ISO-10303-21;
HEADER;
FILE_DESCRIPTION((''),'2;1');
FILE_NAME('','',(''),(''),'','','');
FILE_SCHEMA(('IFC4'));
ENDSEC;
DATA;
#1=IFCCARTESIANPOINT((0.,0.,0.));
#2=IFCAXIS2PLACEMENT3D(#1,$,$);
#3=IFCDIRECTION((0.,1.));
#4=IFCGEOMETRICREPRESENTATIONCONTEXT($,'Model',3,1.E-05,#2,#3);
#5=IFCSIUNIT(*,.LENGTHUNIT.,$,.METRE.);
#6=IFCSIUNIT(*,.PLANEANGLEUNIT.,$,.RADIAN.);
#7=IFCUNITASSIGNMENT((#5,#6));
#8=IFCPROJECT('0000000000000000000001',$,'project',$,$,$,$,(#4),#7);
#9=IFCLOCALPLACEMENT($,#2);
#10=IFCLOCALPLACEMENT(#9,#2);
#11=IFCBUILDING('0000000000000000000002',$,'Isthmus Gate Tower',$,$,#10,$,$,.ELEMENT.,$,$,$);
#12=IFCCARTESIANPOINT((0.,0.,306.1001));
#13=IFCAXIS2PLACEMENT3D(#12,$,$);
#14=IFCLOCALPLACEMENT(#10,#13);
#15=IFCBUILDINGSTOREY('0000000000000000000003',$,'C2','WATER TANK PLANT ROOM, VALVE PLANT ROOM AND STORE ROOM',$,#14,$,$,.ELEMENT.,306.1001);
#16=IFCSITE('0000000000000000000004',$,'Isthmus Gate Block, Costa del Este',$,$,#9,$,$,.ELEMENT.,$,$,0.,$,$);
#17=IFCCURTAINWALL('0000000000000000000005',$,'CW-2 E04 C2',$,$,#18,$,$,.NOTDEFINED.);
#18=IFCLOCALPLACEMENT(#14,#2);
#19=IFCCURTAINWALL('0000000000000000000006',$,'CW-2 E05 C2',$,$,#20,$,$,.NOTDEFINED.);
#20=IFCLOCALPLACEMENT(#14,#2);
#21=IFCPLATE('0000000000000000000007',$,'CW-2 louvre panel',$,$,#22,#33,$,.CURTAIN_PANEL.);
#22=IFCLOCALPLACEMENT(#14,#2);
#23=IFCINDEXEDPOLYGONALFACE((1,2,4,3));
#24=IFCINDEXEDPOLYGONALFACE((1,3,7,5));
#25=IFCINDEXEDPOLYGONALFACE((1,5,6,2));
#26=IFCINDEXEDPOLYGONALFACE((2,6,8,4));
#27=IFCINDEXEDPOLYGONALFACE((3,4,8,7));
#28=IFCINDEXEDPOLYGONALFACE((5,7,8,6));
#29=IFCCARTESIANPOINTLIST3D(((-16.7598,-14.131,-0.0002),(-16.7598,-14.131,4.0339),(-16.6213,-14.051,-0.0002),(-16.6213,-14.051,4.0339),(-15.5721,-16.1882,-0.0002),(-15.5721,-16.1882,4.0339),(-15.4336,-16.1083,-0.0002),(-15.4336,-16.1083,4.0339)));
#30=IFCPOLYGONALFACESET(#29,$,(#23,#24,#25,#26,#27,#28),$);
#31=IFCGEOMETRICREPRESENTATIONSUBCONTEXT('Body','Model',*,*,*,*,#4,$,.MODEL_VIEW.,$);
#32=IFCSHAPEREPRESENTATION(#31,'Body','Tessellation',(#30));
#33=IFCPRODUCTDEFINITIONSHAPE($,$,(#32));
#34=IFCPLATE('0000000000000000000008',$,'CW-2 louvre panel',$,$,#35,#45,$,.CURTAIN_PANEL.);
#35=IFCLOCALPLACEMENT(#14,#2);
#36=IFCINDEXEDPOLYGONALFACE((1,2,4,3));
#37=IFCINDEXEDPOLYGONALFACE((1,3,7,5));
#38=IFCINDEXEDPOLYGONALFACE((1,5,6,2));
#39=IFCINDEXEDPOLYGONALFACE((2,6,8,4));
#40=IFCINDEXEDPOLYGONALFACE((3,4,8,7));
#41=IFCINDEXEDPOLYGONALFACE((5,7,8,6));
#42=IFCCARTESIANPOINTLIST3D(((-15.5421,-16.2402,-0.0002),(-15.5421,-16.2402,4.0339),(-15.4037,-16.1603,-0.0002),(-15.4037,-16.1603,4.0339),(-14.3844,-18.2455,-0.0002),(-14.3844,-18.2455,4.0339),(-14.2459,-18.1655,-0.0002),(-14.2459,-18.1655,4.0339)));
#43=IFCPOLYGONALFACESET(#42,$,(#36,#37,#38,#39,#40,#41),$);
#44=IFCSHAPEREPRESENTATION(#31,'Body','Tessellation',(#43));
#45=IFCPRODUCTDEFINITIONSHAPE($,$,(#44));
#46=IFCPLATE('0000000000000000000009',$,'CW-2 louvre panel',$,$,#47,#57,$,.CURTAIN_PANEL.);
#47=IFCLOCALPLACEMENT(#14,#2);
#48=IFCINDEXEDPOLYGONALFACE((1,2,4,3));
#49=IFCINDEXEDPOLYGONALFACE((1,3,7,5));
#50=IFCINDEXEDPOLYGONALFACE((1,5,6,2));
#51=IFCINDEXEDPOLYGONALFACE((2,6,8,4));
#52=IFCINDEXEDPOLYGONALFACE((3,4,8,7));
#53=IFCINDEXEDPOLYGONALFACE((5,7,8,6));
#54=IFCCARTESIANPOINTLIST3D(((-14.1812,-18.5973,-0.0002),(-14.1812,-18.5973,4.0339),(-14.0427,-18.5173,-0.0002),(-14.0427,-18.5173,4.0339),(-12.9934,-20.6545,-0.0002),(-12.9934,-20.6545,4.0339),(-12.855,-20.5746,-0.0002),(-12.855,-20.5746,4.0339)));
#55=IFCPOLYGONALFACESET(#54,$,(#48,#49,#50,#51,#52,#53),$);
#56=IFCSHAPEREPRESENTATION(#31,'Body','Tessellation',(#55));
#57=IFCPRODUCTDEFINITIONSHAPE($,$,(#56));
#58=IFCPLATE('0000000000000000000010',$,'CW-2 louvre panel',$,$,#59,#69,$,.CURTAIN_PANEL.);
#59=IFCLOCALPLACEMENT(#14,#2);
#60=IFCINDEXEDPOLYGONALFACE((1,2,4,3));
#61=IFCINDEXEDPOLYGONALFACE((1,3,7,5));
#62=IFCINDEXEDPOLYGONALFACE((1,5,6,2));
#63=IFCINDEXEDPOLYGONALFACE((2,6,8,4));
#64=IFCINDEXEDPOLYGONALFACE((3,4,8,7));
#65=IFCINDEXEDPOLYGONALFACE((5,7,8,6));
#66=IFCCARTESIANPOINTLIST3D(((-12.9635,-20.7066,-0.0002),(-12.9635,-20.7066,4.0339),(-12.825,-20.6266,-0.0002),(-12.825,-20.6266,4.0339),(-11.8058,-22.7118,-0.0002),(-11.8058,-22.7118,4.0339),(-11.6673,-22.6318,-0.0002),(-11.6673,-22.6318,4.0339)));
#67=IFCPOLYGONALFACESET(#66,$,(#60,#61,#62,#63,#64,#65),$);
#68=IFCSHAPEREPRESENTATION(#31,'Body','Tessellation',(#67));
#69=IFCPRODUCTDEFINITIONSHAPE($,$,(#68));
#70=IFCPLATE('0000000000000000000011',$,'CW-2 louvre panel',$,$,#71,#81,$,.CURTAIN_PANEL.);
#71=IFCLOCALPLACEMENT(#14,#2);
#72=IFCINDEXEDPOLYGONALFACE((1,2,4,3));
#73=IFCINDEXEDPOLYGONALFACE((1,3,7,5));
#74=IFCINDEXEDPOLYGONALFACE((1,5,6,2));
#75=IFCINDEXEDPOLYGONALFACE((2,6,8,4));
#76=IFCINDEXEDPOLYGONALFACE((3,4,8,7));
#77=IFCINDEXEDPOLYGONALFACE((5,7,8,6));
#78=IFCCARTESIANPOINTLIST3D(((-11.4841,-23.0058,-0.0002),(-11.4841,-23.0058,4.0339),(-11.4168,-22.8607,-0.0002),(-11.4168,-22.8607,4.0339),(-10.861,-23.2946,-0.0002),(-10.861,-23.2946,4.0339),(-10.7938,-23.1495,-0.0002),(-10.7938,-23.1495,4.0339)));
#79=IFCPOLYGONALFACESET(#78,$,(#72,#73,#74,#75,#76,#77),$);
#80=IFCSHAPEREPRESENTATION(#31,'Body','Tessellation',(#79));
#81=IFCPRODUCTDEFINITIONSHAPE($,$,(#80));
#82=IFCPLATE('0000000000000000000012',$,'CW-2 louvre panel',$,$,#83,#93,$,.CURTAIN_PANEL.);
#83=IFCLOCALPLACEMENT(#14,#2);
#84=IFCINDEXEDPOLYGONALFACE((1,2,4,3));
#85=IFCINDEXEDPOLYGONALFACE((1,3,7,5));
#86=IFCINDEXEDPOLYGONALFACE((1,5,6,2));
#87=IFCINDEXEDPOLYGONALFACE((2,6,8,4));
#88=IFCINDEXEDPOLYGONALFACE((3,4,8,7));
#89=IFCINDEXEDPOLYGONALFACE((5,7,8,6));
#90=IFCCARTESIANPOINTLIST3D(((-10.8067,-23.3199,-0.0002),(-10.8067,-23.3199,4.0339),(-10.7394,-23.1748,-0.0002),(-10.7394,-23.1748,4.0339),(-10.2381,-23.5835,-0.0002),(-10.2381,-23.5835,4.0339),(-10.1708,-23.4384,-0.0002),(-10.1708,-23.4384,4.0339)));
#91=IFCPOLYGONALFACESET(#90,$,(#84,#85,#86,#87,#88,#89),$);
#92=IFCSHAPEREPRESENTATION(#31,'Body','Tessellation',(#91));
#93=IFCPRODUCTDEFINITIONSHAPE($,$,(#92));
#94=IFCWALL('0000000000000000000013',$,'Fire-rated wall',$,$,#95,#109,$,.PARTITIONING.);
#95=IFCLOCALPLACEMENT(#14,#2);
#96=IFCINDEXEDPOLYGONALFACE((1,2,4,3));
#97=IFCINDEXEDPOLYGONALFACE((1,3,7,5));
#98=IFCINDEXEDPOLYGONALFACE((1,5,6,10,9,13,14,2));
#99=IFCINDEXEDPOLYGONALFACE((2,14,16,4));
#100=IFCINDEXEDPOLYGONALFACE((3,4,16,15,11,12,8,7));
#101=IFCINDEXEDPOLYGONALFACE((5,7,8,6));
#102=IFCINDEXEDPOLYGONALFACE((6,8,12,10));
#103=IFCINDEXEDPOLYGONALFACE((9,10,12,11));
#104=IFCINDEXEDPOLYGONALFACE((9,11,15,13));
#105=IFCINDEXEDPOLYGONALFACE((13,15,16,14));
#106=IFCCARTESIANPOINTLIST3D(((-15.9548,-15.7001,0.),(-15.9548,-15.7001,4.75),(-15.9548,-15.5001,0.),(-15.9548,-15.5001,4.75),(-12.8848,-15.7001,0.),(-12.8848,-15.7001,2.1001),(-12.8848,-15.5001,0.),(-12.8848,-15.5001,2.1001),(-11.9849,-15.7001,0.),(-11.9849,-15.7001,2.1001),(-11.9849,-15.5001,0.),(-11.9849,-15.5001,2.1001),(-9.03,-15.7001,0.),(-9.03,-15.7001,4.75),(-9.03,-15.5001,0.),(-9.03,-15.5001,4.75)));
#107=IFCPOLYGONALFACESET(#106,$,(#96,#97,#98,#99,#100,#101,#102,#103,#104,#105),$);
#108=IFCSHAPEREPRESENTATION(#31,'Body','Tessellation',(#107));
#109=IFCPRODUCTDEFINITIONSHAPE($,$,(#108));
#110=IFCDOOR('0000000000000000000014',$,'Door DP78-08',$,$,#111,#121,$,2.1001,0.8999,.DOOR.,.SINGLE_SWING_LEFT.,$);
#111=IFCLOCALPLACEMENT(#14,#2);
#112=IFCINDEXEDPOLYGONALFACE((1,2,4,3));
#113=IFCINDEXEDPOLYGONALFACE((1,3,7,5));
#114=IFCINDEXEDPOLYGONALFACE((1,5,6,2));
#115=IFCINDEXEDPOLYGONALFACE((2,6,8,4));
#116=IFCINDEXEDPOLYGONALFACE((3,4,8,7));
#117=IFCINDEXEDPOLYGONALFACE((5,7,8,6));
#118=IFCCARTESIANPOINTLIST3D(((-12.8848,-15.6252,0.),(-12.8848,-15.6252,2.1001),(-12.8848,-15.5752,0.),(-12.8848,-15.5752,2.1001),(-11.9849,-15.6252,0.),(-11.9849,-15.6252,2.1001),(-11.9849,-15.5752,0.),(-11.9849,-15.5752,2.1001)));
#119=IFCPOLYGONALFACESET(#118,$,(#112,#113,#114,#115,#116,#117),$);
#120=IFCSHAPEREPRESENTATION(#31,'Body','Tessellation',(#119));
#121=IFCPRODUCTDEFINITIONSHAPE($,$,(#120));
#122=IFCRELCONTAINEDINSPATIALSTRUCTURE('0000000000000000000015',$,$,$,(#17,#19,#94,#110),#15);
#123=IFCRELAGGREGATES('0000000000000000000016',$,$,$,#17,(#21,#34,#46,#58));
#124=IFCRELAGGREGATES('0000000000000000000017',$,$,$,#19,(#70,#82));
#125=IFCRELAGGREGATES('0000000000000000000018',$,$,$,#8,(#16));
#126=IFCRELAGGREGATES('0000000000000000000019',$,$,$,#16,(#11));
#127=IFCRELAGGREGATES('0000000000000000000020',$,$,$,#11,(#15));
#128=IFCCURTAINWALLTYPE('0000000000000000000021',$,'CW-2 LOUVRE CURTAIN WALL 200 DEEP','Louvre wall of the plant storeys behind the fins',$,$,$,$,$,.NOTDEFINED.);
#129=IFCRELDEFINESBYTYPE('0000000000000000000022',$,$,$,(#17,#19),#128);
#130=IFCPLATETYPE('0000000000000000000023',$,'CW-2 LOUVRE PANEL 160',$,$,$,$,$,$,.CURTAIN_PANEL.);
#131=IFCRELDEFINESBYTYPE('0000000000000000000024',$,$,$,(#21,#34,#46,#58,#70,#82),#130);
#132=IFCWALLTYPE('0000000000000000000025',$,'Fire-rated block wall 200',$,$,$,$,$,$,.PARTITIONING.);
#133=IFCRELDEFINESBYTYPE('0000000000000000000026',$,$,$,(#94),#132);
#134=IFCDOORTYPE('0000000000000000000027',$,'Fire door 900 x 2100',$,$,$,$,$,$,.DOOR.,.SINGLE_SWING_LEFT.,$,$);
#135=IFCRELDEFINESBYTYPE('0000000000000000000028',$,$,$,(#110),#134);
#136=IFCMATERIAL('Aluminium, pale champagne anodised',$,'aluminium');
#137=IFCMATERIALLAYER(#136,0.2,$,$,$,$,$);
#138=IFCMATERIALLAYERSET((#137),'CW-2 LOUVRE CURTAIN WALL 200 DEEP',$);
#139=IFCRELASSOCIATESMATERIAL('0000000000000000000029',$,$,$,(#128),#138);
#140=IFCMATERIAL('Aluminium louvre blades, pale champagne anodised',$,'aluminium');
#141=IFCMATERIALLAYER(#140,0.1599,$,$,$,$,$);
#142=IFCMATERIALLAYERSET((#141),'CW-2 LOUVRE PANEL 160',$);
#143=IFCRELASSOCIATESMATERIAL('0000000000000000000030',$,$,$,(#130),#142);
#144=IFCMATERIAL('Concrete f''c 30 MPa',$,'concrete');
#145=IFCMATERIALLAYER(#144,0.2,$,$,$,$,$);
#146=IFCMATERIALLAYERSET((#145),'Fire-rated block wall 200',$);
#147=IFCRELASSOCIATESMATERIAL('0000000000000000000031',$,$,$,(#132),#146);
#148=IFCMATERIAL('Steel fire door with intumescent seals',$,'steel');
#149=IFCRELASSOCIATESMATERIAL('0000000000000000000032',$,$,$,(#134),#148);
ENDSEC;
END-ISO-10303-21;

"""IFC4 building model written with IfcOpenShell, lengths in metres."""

from ifc_helpers import new_model, si_unit, direction, frame, frame_2d, origin, origin_2d, place, context, subcontext, project, spatial, rectangle, extrude, material, layer, layer_set, type_object, element, fill, aggregate, save


model = new_model("IFC4")

# Units and contexts
model_context = context("Model", 3, precision=1e-05, world=origin(), true_north=direction((0.0, 1.0)))
body_context = subcontext(model_context, "Body", "Model", "MODEL_VIEW")
ifc_project = project(units=[si_unit("LENGTHUNIT", "METRE"), si_unit("PLANEANGLEUNIT", "RADIAN")], contexts=[model_context])

# Site, building, storey
site_placement = place(None, origin())
site = spatial("IfcSite", under=ifc_project, at=site_placement, Name="Isthmus Gate Block, Costa del Este", CompositionType="ELEMENT", RefElevation=0.0)
building_placement = place(site_placement, origin())
building = spatial("IfcBuilding", under=site, at=building_placement, Name="Isthmus Gate Tower", CompositionType="ELEMENT")
storey_placement = place(building_placement, frame((0.0, 0.0, 306.1001)))
storey = spatial("IfcBuildingStorey", under=building, at=storey_placement, Name="C2", Description="WATER TANK PLANT ROOM, VALVE PLANT ROOM AND STORE ROOM", CompositionType="ELEMENT", Elevation=306.1001)

# Curtain wall
ifc_material_1 = material(Name="Aluminium, pale champagne anodised", Category="aluminium")
ifc_layer_1 = layer(ifc_material_1, 0.2)
ifc_layer_set_1 = layer_set([ifc_layer_1], Name="CW-2 LOUVRE CURTAIN WALL 200 DEEP")
curtain_wall_type = type_object("IfcCurtainWallType", Name="CW-2 LOUVRE CURTAIN WALL 200 DEEP", Description="Louvre wall of the plant storeys behind the fins", PredefinedType="NOTDEFINED", material=ifc_layer_set_1)
curtain_wall_1_placement = place(storey_placement, origin())
curtain_wall_1 = element("IfcCurtainWall", 1, at=curtain_wall_1_placement, inside=storey, type_object=curtain_wall_type, Name="CW-2 E04 C2", PredefinedType="NOTDEFINED")

# Curtain wall
curtain_wall_2_placement = place(storey_placement, origin())
curtain_wall_2 = element("IfcCurtainWall", 2, at=curtain_wall_2_placement, inside=storey, type_object=curtain_wall_type, Name="CW-2 E05 C2", PredefinedType="NOTDEFINED")

# Plates
ifc_material_2 = material(Name="Aluminium louvre blades, pale champagne anodised", Category="aluminium")
ifc_layer_2 = layer(ifc_material_2, 0.1599)
ifc_layer_set_2 = layer_set([ifc_layer_2], Name="CW-2 LOUVRE PANEL 160")
plate_type = type_object("IfcPlateType", Name="CW-2 LOUVRE PANEL 160", PredefinedType="CURTAIN_PANEL", material=ifc_layer_set_2)
plate_1_placement = place(storey_placement, frame((-16.0967, -15.1196, -0.0002), z_axis=(0.0, 0.0, 1.0), x_axis=(0.5, -0.866025, 0.0)))
plate_1 = element("IfcPlate", 3, at=plate_1_placement, type_object=plate_type, Name="CW-2 louvre panel", PredefinedType="CURTAIN_PANEL", context=body_context, shape_type="SweptSolid", body=[
    extrude(rectangle(XDim=2.3755, YDim=0.1599, at=origin_2d()), origin(), (0.0, 0.0, 1.0), 4.0342),
])
plate_2_placement = place(storey_placement, frame((-14.894, -17.2029, -0.0002), z_axis=(0.0, 0.0, 1.0), x_axis=(0.5, -0.866025, 0.0)))
plate_2 = element("IfcPlate", 4, at=plate_2_placement, type_object=plate_type, Name="CW-2 louvre panel", PredefinedType="CURTAIN_PANEL", context=body_context, shape_type="SweptSolid", body=[
    extrude(rectangle(XDim=2.3154, YDim=0.1599, at=origin_2d()), origin(), (0.0, 0.0, 1.0), 4.0342),
])
plate_3_placement = place(storey_placement, frame((-13.5181, -19.5859, -0.0002), z_axis=(0.0, 0.0, 1.0), x_axis=(0.5, -0.866025, 0.0)))
plate_3 = element("IfcPlate", 5, at=plate_3_placement, type_object=plate_type, Name="CW-2 louvre panel", PredefinedType="CURTAIN_PANEL", context=body_context, shape_type="SweptSolid", body=[
    extrude(rectangle(XDim=2.3755, YDim=0.1599, at=origin_2d()), origin(), (0.0, 0.0, 1.0), 4.0342),
])
plate_4_placement = place(storey_placement, frame((-12.3154, -21.6692, -0.0002), z_axis=(0.0, 0.0, 1.0), x_axis=(0.5, -0.866025, 0.0)))
plate_4 = element("IfcPlate", 6, at=plate_4_placement, type_object=plate_type, Name="CW-2 louvre panel", PredefinedType="CURTAIN_PANEL", context=body_context, shape_type="SweptSolid", body=[
    extrude(rectangle(XDim=2.3154, YDim=0.1599, at=origin_2d()), origin(), (0.0, 0.0, 1.0), 4.0342),
])
aggregate(curtain_wall_1, [plate_1, plate_2, plate_3, plate_4])
plate_5_placement = place(storey_placement, frame((-11.1389, -23.0776, -0.0002), z_axis=(0.0, 0.0, 1.0), x_axis=(0.907256, -0.420578, 0.0)))
plate_5 = element("IfcPlate", 7, at=plate_5_placement, type_object=plate_type, Name="CW-2 louvre panel", PredefinedType="CURTAIN_PANEL", context=body_context, shape_type="SweptSolid", body=[
    extrude(rectangle(XDim=0.6868, YDim=0.1599, at=origin_2d()), origin(), (0.0, 0.0, 1.0), 4.0342),
])
plate_6_placement = place(storey_placement, frame((-10.4888, -23.3792, -0.0002), z_axis=(0.0, 0.0, 1.0), x_axis=(0.907256, -0.420578, 0.0)))
plate_6 = element("IfcPlate", 8, at=plate_6_placement, type_object=plate_type, Name="CW-2 louvre panel", PredefinedType="CURTAIN_PANEL", context=body_context, shape_type="SweptSolid", body=[
    extrude(rectangle(XDim=0.6267, YDim=0.1599, at=origin_2d()), origin(), (0.0, 0.0, 1.0), 4.0342),
])
aggregate(curtain_wall_2, [plate_5, plate_6])

# Wall, opening, door
ifc_material_3 = material(Name="Concrete f'c 30 MPa", Category="concrete")
ifc_layer_3 = layer(ifc_material_3, 0.2)
ifc_layer_set_3 = layer_set([ifc_layer_3], Name="Fire-rated block wall 200")
wall_type = type_object("IfcWallType", Name="Fire-rated block wall 200", PredefinedType="PARTITIONING", material=ifc_layer_set_3)
wall_placement = place(storey_placement, frame((-15.9548, -15.6001, 0.0), z_axis=(0.0, 0.0, 1.0), x_axis=(1.0, 0.0, 0.0)))
wall = element("IfcWall", 9, at=wall_placement, inside=storey, type_object=wall_type, Name="Fire-rated wall", PredefinedType="PARTITIONING", context=body_context, shape_type="SweptSolid", body=[
    extrude(rectangle(XDim=6.9248, YDim=0.2, at=frame_2d((3.4624, 0.0))), origin(), (0.0, 0.0, 1.0), 4.75),
])
opening_placement = place(wall_placement, frame((3.0701, 0.0, 0.0)))
opening = element("IfcOpeningElement", 10, at=opening_placement, cuts=wall, PredefinedType="OPENING", context=body_context, shape_type="SweptSolid", body=[
    extrude(rectangle(XDim=0.8999, YDim=2.1001, at=frame_2d((0.45, 1.05))), frame((0.0, 0.1099, 0.0), z_axis=(0.0, -1.0, 0.0), x_axis=(1.0, 0.0, 0.0)), (0.0, 0.0, 1.0), 0.22),
])
ifc_material_4 = material(Name="Steel fire door with intumescent seals", Category="steel")
door_type = type_object("IfcDoorType", Name="Fire door 900 x 2100", OperationType="SINGLE_SWING_LEFT", PredefinedType="DOOR", material=ifc_material_4)
door_placement = place(opening_placement, origin())
door = element("IfcDoor", 11, at=door_placement, inside=storey, type_object=door_type, Name="Door DP78-08", OperationType="SINGLE_SWING_LEFT", OverallHeight=2.1001, OverallWidth=0.8999, PredefinedType="DOOR", context=body_context, shape_type="SweptSolid", body=[
    extrude(rectangle(XDim=0.8999, YDim=2.1001, at=frame_2d((0.45, 1.05))), frame((0.0, 0.0249, 0.0), z_axis=(0.0, -1.0, 0.0), x_axis=(1.0, 0.0, 0.0)), (0.0, 0.0, 1.0), 0.05),
])
fill(opening, door)

save(model, "model.ifc")
